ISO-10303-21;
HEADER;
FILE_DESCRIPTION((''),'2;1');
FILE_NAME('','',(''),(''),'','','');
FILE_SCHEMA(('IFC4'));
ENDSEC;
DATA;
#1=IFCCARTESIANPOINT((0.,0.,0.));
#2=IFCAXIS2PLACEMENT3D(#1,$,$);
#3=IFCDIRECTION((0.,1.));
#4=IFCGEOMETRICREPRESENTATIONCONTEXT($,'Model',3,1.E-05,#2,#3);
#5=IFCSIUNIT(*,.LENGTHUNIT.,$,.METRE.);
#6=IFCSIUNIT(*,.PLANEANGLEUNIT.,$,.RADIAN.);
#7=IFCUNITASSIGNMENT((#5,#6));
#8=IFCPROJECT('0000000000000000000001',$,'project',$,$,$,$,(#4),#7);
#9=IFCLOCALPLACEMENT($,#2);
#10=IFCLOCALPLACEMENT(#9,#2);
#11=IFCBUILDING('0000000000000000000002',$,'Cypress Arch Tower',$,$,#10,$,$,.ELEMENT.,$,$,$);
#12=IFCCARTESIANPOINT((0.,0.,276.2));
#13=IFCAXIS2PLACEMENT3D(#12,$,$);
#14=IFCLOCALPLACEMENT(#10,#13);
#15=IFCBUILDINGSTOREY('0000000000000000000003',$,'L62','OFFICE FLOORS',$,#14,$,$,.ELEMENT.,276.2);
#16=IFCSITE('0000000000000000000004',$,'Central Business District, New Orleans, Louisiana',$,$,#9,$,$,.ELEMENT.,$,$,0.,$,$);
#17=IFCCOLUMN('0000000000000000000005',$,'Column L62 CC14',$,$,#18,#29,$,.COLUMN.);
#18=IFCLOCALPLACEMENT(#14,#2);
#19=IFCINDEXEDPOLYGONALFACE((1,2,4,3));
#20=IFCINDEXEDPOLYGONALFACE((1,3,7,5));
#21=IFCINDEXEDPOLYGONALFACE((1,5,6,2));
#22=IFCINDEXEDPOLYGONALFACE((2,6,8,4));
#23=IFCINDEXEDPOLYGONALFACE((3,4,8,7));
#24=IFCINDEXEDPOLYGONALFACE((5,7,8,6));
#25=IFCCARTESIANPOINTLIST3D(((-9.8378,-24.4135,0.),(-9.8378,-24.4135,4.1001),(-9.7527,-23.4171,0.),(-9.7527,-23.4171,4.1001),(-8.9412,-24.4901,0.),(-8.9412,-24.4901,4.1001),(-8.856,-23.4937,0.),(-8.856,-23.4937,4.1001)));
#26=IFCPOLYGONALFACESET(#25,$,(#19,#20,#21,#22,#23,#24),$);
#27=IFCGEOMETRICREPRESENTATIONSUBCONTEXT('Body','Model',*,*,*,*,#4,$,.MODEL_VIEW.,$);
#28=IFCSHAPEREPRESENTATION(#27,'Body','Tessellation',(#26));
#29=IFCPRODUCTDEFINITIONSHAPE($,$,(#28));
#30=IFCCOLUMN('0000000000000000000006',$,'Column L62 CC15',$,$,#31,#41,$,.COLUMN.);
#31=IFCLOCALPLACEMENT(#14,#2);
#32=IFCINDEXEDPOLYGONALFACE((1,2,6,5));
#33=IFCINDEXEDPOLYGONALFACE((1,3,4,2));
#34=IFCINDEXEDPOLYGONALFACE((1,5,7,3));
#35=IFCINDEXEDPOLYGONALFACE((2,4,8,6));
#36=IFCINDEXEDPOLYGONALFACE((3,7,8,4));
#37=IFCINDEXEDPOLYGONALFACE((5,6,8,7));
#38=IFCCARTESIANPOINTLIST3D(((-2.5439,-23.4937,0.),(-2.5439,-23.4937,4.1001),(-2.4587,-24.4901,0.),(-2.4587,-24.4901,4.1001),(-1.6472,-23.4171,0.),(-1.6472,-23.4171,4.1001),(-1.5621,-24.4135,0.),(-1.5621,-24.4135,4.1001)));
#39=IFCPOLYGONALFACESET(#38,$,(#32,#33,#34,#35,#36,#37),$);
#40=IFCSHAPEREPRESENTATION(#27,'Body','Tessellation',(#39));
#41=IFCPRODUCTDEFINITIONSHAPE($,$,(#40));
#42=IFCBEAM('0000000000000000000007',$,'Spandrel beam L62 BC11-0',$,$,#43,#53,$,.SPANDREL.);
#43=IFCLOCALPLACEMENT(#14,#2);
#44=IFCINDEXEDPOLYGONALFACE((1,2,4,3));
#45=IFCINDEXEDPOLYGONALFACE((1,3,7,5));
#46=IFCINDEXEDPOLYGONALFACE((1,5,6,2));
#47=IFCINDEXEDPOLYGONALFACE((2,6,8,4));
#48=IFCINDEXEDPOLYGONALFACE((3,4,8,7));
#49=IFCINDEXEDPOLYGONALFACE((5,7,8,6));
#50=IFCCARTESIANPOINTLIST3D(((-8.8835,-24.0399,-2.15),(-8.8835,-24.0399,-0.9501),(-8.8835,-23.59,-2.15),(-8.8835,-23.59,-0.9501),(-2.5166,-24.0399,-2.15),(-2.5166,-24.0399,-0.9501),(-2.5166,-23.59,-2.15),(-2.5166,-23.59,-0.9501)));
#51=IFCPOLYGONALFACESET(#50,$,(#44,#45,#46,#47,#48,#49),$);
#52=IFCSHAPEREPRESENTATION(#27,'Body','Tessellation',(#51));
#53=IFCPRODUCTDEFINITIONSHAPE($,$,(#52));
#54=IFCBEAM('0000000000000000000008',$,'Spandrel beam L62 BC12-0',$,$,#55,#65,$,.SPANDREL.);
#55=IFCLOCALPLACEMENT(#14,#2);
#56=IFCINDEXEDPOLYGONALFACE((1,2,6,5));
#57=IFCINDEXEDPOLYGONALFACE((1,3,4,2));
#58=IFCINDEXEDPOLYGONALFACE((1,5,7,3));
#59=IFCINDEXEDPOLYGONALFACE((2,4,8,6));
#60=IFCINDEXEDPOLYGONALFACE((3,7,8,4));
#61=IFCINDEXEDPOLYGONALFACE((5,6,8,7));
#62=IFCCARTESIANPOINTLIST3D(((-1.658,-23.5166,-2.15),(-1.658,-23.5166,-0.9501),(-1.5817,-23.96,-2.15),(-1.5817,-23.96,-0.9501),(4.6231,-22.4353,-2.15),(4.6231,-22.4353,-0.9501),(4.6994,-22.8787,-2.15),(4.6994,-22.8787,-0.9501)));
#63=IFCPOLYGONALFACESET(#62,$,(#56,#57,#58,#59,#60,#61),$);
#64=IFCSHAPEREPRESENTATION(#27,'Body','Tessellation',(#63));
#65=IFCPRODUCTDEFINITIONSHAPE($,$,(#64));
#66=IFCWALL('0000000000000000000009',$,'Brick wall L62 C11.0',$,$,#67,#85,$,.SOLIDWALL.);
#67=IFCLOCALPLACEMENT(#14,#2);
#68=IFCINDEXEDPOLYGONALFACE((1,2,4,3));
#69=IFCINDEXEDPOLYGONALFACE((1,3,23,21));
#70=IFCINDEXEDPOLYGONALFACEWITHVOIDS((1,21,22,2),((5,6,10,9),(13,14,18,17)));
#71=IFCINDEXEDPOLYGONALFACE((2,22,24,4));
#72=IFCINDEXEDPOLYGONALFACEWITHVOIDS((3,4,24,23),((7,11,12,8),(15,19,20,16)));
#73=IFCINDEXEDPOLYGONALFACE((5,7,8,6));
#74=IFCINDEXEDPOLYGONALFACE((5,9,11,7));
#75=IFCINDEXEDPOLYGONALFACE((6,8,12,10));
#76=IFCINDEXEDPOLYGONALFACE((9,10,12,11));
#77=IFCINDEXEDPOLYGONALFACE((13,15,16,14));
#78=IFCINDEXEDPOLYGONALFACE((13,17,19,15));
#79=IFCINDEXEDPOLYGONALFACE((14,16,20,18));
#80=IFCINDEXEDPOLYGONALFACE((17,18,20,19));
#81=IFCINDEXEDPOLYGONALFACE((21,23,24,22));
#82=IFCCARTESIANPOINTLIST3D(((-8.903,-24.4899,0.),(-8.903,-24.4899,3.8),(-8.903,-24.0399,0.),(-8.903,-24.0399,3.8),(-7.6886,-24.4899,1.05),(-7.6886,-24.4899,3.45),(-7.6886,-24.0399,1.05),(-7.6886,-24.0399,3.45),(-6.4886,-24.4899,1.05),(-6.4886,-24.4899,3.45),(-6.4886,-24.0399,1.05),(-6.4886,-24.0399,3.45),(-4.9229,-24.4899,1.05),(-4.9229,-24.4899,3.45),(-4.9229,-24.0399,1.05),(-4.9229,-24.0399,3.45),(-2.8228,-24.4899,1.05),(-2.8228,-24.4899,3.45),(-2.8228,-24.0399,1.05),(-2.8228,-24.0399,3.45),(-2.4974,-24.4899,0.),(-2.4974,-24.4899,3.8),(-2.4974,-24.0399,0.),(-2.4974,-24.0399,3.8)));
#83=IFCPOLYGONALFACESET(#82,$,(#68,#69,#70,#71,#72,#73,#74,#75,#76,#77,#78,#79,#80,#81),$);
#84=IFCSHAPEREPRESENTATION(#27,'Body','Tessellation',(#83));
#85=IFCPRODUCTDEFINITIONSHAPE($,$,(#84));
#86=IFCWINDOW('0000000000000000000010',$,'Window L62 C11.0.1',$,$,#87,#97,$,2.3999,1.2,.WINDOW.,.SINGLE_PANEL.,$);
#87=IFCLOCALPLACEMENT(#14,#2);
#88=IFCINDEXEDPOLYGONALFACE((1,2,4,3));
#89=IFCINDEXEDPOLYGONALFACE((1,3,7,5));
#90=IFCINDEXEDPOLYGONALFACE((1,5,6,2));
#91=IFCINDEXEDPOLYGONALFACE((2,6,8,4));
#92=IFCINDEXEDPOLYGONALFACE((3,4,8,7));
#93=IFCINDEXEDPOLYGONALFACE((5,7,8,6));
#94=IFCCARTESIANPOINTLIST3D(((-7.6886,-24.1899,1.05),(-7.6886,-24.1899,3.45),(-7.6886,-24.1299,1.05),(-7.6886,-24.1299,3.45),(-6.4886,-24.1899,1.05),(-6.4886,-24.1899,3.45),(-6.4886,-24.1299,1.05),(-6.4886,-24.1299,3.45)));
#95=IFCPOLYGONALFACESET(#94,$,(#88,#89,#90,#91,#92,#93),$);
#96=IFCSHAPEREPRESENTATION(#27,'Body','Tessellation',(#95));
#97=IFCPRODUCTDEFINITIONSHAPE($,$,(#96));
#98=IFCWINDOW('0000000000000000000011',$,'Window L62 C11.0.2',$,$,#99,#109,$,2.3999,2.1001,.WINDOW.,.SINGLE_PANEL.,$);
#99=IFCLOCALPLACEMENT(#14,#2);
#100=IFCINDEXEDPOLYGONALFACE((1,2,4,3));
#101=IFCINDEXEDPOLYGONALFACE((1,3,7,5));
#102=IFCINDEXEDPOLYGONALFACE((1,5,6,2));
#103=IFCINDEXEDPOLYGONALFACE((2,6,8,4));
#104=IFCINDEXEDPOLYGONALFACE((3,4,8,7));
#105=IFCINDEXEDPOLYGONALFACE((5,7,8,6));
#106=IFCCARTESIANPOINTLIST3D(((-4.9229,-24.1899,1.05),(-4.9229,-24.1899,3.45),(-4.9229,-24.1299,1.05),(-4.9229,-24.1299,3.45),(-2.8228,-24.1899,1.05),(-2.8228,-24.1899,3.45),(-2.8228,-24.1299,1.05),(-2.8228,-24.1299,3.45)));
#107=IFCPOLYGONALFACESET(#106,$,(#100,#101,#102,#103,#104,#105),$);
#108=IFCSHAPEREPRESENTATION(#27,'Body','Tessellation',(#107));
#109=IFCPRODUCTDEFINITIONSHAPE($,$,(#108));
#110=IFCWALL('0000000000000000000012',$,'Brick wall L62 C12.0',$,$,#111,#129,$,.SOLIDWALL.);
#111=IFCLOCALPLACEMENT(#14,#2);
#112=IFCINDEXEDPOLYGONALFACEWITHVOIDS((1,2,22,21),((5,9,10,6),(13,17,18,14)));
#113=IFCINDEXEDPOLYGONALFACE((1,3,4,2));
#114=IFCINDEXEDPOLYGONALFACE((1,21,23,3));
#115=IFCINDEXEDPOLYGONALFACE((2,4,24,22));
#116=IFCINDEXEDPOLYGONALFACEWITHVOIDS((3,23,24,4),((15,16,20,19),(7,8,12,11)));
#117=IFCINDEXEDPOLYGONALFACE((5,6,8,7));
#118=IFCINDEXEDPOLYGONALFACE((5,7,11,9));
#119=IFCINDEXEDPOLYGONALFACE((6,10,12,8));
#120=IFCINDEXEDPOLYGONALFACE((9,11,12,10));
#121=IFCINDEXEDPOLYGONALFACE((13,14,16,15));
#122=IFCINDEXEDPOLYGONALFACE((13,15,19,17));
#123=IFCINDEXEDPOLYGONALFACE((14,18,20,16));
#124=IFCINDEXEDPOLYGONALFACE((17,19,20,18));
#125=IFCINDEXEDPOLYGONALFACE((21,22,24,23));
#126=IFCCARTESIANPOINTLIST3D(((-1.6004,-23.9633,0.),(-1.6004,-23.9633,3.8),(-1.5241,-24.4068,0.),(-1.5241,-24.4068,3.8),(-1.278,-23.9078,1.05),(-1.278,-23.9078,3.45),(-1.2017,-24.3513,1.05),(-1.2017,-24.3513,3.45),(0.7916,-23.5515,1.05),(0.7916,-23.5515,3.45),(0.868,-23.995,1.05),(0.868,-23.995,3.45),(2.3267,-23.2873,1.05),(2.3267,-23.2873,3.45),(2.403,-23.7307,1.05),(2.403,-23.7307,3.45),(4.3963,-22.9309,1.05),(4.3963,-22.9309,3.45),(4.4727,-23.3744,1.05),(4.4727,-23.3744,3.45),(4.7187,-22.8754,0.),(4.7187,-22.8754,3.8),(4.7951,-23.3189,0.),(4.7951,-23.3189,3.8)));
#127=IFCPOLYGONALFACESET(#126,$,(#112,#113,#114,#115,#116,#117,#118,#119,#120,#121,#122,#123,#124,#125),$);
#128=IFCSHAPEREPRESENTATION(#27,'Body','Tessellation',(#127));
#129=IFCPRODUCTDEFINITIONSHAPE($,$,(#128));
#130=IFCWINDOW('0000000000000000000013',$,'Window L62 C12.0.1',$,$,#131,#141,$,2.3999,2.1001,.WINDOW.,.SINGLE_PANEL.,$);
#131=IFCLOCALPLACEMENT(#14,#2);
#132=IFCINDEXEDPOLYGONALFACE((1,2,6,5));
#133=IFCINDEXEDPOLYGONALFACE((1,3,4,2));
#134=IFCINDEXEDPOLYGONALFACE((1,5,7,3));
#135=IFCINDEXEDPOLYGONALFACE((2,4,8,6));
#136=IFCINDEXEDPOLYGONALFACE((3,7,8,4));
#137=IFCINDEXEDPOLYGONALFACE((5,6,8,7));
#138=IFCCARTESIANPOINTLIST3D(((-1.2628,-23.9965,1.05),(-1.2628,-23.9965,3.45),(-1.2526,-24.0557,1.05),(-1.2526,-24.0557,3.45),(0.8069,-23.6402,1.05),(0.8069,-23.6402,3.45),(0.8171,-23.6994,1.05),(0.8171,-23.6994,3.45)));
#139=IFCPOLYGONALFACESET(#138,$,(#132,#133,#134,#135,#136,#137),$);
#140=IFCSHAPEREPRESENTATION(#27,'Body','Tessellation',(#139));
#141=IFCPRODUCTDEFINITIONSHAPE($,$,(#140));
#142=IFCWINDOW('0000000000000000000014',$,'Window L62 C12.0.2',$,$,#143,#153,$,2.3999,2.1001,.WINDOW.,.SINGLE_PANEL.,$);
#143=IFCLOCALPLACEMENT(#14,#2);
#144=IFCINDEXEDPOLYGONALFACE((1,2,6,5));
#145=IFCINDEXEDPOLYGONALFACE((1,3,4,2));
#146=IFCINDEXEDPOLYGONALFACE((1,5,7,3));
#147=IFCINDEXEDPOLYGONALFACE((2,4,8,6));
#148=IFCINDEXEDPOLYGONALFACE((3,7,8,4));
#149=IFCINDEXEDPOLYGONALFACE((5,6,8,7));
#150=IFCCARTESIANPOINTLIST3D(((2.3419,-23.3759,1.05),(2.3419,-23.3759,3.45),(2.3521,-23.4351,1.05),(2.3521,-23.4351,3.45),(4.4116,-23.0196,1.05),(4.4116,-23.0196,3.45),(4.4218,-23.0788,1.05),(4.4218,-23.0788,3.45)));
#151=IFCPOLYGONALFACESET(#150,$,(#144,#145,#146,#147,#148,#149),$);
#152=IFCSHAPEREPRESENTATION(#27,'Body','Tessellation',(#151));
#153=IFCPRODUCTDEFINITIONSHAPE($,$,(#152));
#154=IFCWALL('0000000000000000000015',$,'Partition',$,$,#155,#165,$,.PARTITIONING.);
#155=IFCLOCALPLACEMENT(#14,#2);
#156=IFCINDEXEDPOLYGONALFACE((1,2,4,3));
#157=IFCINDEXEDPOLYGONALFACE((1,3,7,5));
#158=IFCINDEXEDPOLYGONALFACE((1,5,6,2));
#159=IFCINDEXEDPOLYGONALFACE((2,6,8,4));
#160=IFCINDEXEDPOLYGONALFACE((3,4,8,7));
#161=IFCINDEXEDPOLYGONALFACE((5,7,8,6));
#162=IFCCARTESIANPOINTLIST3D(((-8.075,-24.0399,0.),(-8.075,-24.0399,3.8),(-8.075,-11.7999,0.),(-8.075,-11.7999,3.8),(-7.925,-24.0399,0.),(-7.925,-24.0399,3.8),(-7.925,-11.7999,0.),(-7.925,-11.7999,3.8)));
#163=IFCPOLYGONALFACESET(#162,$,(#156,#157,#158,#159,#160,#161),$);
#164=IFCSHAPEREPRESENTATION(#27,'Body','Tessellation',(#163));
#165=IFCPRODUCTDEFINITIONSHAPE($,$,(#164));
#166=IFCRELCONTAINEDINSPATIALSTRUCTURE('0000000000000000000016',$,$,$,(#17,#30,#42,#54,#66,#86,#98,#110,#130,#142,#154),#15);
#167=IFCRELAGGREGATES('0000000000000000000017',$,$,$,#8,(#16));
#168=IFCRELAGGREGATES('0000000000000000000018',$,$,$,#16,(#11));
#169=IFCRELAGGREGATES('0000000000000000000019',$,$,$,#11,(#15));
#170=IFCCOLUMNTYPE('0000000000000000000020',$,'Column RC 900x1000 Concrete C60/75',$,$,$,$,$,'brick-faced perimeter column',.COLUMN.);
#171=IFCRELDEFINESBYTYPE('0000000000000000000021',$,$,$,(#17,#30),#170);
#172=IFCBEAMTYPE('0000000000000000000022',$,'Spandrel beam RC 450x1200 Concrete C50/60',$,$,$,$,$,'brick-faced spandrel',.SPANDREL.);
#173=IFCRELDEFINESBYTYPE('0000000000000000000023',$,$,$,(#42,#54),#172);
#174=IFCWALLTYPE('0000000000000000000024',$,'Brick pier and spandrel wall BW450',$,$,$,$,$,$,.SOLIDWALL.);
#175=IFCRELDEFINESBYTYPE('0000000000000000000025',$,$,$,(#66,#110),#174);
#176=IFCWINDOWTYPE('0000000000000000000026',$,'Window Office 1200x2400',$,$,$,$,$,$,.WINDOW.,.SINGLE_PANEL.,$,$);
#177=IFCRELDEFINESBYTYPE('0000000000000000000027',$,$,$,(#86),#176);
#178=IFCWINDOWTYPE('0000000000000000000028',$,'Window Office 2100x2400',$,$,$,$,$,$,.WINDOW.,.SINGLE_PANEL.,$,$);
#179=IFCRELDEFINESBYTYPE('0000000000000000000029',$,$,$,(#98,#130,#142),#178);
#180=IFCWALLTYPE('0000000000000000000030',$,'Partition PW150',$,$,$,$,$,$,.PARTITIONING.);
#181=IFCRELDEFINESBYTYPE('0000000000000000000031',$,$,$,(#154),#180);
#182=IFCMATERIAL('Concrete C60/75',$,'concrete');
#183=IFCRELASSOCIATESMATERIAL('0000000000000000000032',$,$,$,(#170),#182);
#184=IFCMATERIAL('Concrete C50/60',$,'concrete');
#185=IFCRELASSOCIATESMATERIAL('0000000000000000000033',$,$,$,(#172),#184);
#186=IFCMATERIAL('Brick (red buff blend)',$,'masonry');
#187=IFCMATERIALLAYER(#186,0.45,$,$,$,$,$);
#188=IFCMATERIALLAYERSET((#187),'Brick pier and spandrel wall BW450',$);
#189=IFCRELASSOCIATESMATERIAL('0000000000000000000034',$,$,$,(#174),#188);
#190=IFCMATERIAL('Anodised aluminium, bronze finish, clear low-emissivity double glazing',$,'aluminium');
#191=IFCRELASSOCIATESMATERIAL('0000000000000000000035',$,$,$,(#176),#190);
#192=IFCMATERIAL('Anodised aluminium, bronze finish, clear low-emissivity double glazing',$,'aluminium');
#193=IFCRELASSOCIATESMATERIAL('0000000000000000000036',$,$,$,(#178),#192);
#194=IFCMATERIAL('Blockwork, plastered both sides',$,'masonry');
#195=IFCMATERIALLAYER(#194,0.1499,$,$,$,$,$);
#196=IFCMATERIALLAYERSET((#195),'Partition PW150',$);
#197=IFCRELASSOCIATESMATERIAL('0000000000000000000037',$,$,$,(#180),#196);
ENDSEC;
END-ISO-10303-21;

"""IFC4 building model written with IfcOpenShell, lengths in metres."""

from ifc_helpers import new_model, si_unit, direction, frame, frame_2d, origin, origin_2d, place, context, subcontext, project, spatial, rectangle, extrude, material, layer, layer_set, material_profile, profile_set, type_object, element, fill, save


model = new_model("IFC4")

# Units and contexts
model_context = context("Model", 3, precision=1e-05, world=origin(), true_north=direction((0.0, 1.0)))
body_context = subcontext(model_context, "Body", "Model", "MODEL_VIEW")
ifc_project = project(units=[si_unit("LENGTHUNIT", "METRE"), si_unit("PLANEANGLEUNIT", "RADIAN")], contexts=[model_context])

# Site, building, storey
site_placement = place(None, origin())
site = spatial("IfcSite", under=ifc_project, at=site_placement, Name="Central Business District, New Orleans, Louisiana", CompositionType="ELEMENT", RefElevation=0.0)
building_placement = place(site_placement, origin())
building = spatial("IfcBuilding", under=site, at=building_placement, Name="Cypress Arch Tower", CompositionType="ELEMENT")
storey_placement = place(building_placement, frame((0.0, 0.0, 276.2)))
storey = spatial("IfcBuildingStorey", under=building, at=storey_placement, Name="L62", Description="OFFICE FLOORS", CompositionType="ELEMENT", Elevation=276.2)

# Columns
ifc_material_1 = material(Name="Concrete C60/75", Category="concrete")
ifc_material_profile_1 = material_profile(ifc_material_1, rectangle(XDim=0.8999, YDim=1.0, at=origin_2d()), Name="RC 900x1000")
ifc_profile_set_1 = profile_set([ifc_material_profile_1], Name="Concrete C60/75")
column_type = type_object("IfcColumnType", Name="Column RC 900x1000 Concrete C60/75", ElementType="brick-faced perimeter column", PredefinedType="COLUMN", material=ifc_profile_set_1)
for number, where, z_axis, x_axis, name in (
    (1, (-9.3469, -23.9536, 0.0), (0.0, 0.0, 1.0), (0.996368, -0.085149, 0.0), "Column L62 CC14"),
    (2, (-2.053, -23.9536, 0.0), (0.0, 0.0, 1.0), (0.996368, 0.085149, 0.0), "Column L62 CC15"),
):
    element("IfcColumn", number, at=place(storey_placement, frame(where, z_axis=z_axis, x_axis=x_axis)), inside=storey, type_object=column_type, Name=name, PredefinedType="COLUMN", context=body_context, shape_type="SweptSolid", body=[
        extrude(rectangle(XDim=0.8999, YDim=1.0, at=origin_2d()), origin(), (0.0, 0.0, 1.0), 4.1001),
    ])

# Beams
ifc_material_2 = material(Name="Concrete C50/60", Category="concrete")
ifc_material_profile_2 = material_profile(ifc_material_2, rectangle(XDim=0.45, YDim=1.2, at=origin_2d()), Name="RC 450x1200")
ifc_profile_set_2 = profile_set([ifc_material_profile_2], Name="Concrete C50/60")
beam_type = type_object("IfcBeamType", Name="Spandrel beam RC 450x1200 Concrete C50/60", ElementType="brick-faced spandrel", PredefinedType="SPANDREL", material=ifc_profile_set_2)
beam_1_placement = place(storey_placement, frame((-8.8835, -23.8149, -1.55), z_axis=(1.0, 0.0, 0.0), x_axis=(0.0, 1.0, 0.0)))
element("IfcBeam", 3, at=beam_1_placement, inside=storey, type_object=beam_type, Name="Spandrel beam L62 BC11-0", PredefinedType="SPANDREL", context=body_context, shape_type="SweptSolid", body=[
    extrude(rectangle(XDim=0.45, YDim=1.2, at=origin_2d()), origin(), (0.0, 0.0, 1.0), 6.3669),
])
beam_2_placement = place(storey_placement, frame((-1.6199, -23.7383, -1.55), z_axis=(0.985504, 0.169652, 0.0), x_axis=(-0.169652, 0.985504, 0.0)))
element("IfcBeam", 4, at=beam_2_placement, inside=storey, type_object=beam_type, Name="Spandrel beam L62 BC12-0", PredefinedType="SPANDREL", context=body_context, shape_type="SweptSolid", body=[
    extrude(rectangle(XDim=0.45, YDim=1.2, at=origin_2d()), origin(), (0.0, 0.0, 1.0), 6.3735),
])

# Walls, openings, windows
ifc_material_3 = material(Name="Brick (red buff blend)", Category="masonry")
ifc_layer_1 = layer(ifc_material_3, 0.45)
ifc_layer_set_1 = layer_set([ifc_layer_1], Name="Brick pier and spandrel wall BW450")
wall_type_1 = type_object("IfcWallType", Name="Brick pier and spandrel wall BW450", PredefinedType="SOLIDWALL", material=ifc_layer_set_1)
wall_1_placement = place(storey_placement, frame((-8.9028, -24.2649, 0.0), z_axis=(0.0, 0.0, 1.0), x_axis=(1.0, 0.0, 0.0)))
wall_1 = element("IfcWall", 5, at=wall_1_placement, inside=storey, type_object=wall_type_1, Name="Brick wall L62 C11.0", PredefinedType="SOLIDWALL", context=body_context, shape_type="SweptSolid", body=[
    extrude(rectangle(XDim=6.4055, YDim=0.45, at=frame_2d((3.2026, 0.0))), origin(), (0.0, 0.0, 1.0), 3.8),
])
opening_1_placement = place(wall_1_placement, frame((3.98, 0.0, 1.05)))
opening_1 = element("IfcOpeningElement", 6, at=opening_1_placement, cuts=wall_1, PredefinedType="OPENING", context=body_context, shape_type="SweptSolid", body=[
    extrude(rectangle(XDim=2.1001, YDim=2.3999, at=frame_2d((1.05, 1.2))), frame((0.0, 0.2349, 0.0), z_axis=(0.0, -1.0, 0.0), x_axis=(1.0, 0.0, 0.0)), (0.0, 0.0, 1.0), 0.47),
])
opening_2_placement = place(wall_1_placement, frame((1.2141, 0.0, 1.05)))
opening_2 = element("IfcOpeningElement", 7, at=opening_2_placement, cuts=wall_1, PredefinedType="OPENING", context=body_context, shape_type="SweptSolid", body=[
    extrude(rectangle(XDim=1.2, YDim=2.3999, at=frame_2d((0.6001, 1.2))), frame((0.0, 0.2349, 0.0), z_axis=(0.0, -1.0, 0.0), x_axis=(1.0, 0.0, 0.0)), (0.0, 0.0, 1.0), 0.47),
])
ifc_material_4 = material(Name="Anodised aluminium, bronze finish, clear low-emissivity double glazing", Category="aluminium")
window_type_1 = type_object("IfcWindowType", Name="Window Office 1200x2400", PartitioningType="SINGLE_PANEL", PredefinedType="WINDOW", material=ifc_material_4)
window_1_placement = place(opening_2_placement, origin())
window_1 = element("IfcWindow", 8, at=window_1_placement, inside=storey, type_object=window_type_1, Name="Window L62 C11.0.1", OverallHeight=2.3999, OverallWidth=1.2, PartitioningType="SINGLE_PANEL", PredefinedType="WINDOW", context=body_context, shape_type="SweptSolid", body=[
    extrude(rectangle(XDim=1.2, YDim=2.3999, at=frame_2d((0.6001, 1.2))), frame((0.0, 0.135, 0.0), z_axis=(0.0, -1.0, 0.0), x_axis=(1.0, 0.0, 0.0)), (0.0, 0.0, 1.0), 0.0601),
])
fill(opening_2, window_1)
ifc_material_5 = material(Name="Anodised aluminium, bronze finish, clear low-emissivity double glazing", Category="aluminium")
window_type_2 = type_object("IfcWindowType", Name="Window Office 2100x2400", PartitioningType="SINGLE_PANEL", PredefinedType="WINDOW", material=ifc_material_5)
window_2_placement = place(opening_1_placement, origin())
window_2 = element("IfcWindow", 9, at=window_2_placement, inside=storey, type_object=window_type_2, Name="Window L62 C11.0.2", OverallHeight=2.3999, OverallWidth=2.1001, PartitioningType="SINGLE_PANEL", PredefinedType="WINDOW", context=body_context, shape_type="SweptSolid", body=[
    extrude(rectangle(XDim=2.1001, YDim=2.3999, at=frame_2d((1.05, 1.2))), frame((0.0, 0.135, 0.0), z_axis=(0.0, -1.0, 0.0), x_axis=(1.0, 0.0, 0.0)), (0.0, 0.0, 1.0), 0.0601),
])
fill(opening_1, window_2)
wall_2_placement = place(storey_placement, frame((-1.5623, -24.1851, 0.0), z_axis=(0.0, 0.0, 1.0), x_axis=(0.985502, 0.169663, 0.0)))
wall_2 = element("IfcWall", 10, at=wall_2_placement, inside=storey, type_object=wall_type_1, Name="Brick wall L62 C12.0", PredefinedType="SOLIDWALL", context=body_context, shape_type="SweptSolid", body=[
    extrude(rectangle(XDim=6.4121, YDim=0.45, at=frame_2d((3.2061, 0.0))), origin(), (0.0, 0.0, 1.0), 3.8),
])
opening_3_placement = place(wall_2_placement, frame((0.3271, 0.0, 1.05)))
opening_3 = element("IfcOpeningElement", 11, at=opening_3_placement, cuts=wall_2, PredefinedType="OPENING", context=body_context, shape_type="SweptSolid", body=[
    extrude(rectangle(XDim=2.1001, YDim=2.3999, at=frame_2d((1.05, 1.2))), frame((0.0, 0.2349, 0.0), z_axis=(0.0, -1.0, 0.0), x_axis=(1.0, 0.0, 0.0)), (0.0, 0.0, 1.0), 0.47),
])
opening_4_placement = place(wall_2_placement, frame((3.9849, 0.0, 1.05)))
opening_4 = element("IfcOpeningElement", 12, at=opening_4_placement, cuts=wall_2, PredefinedType="OPENING", context=body_context, shape_type="SweptSolid", body=[
    extrude(rectangle(XDim=2.1001, YDim=2.3999, at=frame_2d((1.05, 1.2))), frame((0.0, 0.2349, 0.0), z_axis=(0.0, -1.0, 0.0), x_axis=(1.0, 0.0, 0.0)), (0.0, 0.0, 1.0), 0.47),
])
window_3_placement = place(opening_3_placement, origin())
window_3 = element("IfcWindow", 13, at=window_3_placement, inside=storey, type_object=window_type_2, Name="Window L62 C12.0.1", OverallHeight=2.3999, OverallWidth=2.1001, PartitioningType="SINGLE_PANEL", PredefinedType="WINDOW", context=body_context, shape_type="SweptSolid", body=[
    extrude(rectangle(XDim=2.1001, YDim=2.3999, at=frame_2d((1.05, 1.2))), frame((0.0, 0.135, 0.0), z_axis=(0.0, -1.0, 0.0), x_axis=(1.0, 0.0, 0.0)), (0.0, 0.0, 1.0), 0.0601),
])
fill(opening_3, window_3)
window_4_placement = place(opening_4_placement, origin())
window_4 = element("IfcWindow", 14, at=window_4_placement, inside=storey, type_object=window_type_2, Name="Window L62 C12.0.2", OverallHeight=2.3999, OverallWidth=2.1001, PartitioningType="SINGLE_PANEL", PredefinedType="WINDOW", context=body_context, shape_type="SweptSolid", body=[
    extrude(rectangle(XDim=2.1001, YDim=2.3999, at=frame_2d((1.05, 1.2))), frame((0.0, 0.135, 0.0), z_axis=(0.0, -1.0, 0.0), x_axis=(1.0, 0.0, 0.0)), (0.0, 0.0, 1.0), 0.0601),
])
fill(opening_4, window_4)

# Wall
ifc_material_6 = material(Name="Blockwork, plastered both sides", Category="masonry")
ifc_layer_2 = layer(ifc_material_6, 0.1499)
ifc_layer_set_2 = layer_set([ifc_layer_2], Name="Partition PW150")
wall_type_2 = type_object("IfcWallType", Name="Partition PW150", PredefinedType="PARTITIONING", material=ifc_layer_set_2)
for number, where, z_axis, x_axis, name in (
    (15, (-8.0, -24.04, 0.0), (0.0, 0.0, 1.0), (0.0, 1.0, 0.0), "Partition"),
):
    element("IfcWall", number, at=place(storey_placement, frame(where, z_axis=z_axis, x_axis=x_axis)), inside=storey, type_object=wall_type_2, Name=name, PredefinedType="PARTITIONING", context=body_context, shape_type="SweptSolid", body=[
        extrude(rectangle(XDim=12.24, YDim=0.1499, at=frame_2d((6.1201, 0.0))), origin(), (0.0, 0.0, 1.0), 3.8),
    ])

save(model, "model.ifc")
